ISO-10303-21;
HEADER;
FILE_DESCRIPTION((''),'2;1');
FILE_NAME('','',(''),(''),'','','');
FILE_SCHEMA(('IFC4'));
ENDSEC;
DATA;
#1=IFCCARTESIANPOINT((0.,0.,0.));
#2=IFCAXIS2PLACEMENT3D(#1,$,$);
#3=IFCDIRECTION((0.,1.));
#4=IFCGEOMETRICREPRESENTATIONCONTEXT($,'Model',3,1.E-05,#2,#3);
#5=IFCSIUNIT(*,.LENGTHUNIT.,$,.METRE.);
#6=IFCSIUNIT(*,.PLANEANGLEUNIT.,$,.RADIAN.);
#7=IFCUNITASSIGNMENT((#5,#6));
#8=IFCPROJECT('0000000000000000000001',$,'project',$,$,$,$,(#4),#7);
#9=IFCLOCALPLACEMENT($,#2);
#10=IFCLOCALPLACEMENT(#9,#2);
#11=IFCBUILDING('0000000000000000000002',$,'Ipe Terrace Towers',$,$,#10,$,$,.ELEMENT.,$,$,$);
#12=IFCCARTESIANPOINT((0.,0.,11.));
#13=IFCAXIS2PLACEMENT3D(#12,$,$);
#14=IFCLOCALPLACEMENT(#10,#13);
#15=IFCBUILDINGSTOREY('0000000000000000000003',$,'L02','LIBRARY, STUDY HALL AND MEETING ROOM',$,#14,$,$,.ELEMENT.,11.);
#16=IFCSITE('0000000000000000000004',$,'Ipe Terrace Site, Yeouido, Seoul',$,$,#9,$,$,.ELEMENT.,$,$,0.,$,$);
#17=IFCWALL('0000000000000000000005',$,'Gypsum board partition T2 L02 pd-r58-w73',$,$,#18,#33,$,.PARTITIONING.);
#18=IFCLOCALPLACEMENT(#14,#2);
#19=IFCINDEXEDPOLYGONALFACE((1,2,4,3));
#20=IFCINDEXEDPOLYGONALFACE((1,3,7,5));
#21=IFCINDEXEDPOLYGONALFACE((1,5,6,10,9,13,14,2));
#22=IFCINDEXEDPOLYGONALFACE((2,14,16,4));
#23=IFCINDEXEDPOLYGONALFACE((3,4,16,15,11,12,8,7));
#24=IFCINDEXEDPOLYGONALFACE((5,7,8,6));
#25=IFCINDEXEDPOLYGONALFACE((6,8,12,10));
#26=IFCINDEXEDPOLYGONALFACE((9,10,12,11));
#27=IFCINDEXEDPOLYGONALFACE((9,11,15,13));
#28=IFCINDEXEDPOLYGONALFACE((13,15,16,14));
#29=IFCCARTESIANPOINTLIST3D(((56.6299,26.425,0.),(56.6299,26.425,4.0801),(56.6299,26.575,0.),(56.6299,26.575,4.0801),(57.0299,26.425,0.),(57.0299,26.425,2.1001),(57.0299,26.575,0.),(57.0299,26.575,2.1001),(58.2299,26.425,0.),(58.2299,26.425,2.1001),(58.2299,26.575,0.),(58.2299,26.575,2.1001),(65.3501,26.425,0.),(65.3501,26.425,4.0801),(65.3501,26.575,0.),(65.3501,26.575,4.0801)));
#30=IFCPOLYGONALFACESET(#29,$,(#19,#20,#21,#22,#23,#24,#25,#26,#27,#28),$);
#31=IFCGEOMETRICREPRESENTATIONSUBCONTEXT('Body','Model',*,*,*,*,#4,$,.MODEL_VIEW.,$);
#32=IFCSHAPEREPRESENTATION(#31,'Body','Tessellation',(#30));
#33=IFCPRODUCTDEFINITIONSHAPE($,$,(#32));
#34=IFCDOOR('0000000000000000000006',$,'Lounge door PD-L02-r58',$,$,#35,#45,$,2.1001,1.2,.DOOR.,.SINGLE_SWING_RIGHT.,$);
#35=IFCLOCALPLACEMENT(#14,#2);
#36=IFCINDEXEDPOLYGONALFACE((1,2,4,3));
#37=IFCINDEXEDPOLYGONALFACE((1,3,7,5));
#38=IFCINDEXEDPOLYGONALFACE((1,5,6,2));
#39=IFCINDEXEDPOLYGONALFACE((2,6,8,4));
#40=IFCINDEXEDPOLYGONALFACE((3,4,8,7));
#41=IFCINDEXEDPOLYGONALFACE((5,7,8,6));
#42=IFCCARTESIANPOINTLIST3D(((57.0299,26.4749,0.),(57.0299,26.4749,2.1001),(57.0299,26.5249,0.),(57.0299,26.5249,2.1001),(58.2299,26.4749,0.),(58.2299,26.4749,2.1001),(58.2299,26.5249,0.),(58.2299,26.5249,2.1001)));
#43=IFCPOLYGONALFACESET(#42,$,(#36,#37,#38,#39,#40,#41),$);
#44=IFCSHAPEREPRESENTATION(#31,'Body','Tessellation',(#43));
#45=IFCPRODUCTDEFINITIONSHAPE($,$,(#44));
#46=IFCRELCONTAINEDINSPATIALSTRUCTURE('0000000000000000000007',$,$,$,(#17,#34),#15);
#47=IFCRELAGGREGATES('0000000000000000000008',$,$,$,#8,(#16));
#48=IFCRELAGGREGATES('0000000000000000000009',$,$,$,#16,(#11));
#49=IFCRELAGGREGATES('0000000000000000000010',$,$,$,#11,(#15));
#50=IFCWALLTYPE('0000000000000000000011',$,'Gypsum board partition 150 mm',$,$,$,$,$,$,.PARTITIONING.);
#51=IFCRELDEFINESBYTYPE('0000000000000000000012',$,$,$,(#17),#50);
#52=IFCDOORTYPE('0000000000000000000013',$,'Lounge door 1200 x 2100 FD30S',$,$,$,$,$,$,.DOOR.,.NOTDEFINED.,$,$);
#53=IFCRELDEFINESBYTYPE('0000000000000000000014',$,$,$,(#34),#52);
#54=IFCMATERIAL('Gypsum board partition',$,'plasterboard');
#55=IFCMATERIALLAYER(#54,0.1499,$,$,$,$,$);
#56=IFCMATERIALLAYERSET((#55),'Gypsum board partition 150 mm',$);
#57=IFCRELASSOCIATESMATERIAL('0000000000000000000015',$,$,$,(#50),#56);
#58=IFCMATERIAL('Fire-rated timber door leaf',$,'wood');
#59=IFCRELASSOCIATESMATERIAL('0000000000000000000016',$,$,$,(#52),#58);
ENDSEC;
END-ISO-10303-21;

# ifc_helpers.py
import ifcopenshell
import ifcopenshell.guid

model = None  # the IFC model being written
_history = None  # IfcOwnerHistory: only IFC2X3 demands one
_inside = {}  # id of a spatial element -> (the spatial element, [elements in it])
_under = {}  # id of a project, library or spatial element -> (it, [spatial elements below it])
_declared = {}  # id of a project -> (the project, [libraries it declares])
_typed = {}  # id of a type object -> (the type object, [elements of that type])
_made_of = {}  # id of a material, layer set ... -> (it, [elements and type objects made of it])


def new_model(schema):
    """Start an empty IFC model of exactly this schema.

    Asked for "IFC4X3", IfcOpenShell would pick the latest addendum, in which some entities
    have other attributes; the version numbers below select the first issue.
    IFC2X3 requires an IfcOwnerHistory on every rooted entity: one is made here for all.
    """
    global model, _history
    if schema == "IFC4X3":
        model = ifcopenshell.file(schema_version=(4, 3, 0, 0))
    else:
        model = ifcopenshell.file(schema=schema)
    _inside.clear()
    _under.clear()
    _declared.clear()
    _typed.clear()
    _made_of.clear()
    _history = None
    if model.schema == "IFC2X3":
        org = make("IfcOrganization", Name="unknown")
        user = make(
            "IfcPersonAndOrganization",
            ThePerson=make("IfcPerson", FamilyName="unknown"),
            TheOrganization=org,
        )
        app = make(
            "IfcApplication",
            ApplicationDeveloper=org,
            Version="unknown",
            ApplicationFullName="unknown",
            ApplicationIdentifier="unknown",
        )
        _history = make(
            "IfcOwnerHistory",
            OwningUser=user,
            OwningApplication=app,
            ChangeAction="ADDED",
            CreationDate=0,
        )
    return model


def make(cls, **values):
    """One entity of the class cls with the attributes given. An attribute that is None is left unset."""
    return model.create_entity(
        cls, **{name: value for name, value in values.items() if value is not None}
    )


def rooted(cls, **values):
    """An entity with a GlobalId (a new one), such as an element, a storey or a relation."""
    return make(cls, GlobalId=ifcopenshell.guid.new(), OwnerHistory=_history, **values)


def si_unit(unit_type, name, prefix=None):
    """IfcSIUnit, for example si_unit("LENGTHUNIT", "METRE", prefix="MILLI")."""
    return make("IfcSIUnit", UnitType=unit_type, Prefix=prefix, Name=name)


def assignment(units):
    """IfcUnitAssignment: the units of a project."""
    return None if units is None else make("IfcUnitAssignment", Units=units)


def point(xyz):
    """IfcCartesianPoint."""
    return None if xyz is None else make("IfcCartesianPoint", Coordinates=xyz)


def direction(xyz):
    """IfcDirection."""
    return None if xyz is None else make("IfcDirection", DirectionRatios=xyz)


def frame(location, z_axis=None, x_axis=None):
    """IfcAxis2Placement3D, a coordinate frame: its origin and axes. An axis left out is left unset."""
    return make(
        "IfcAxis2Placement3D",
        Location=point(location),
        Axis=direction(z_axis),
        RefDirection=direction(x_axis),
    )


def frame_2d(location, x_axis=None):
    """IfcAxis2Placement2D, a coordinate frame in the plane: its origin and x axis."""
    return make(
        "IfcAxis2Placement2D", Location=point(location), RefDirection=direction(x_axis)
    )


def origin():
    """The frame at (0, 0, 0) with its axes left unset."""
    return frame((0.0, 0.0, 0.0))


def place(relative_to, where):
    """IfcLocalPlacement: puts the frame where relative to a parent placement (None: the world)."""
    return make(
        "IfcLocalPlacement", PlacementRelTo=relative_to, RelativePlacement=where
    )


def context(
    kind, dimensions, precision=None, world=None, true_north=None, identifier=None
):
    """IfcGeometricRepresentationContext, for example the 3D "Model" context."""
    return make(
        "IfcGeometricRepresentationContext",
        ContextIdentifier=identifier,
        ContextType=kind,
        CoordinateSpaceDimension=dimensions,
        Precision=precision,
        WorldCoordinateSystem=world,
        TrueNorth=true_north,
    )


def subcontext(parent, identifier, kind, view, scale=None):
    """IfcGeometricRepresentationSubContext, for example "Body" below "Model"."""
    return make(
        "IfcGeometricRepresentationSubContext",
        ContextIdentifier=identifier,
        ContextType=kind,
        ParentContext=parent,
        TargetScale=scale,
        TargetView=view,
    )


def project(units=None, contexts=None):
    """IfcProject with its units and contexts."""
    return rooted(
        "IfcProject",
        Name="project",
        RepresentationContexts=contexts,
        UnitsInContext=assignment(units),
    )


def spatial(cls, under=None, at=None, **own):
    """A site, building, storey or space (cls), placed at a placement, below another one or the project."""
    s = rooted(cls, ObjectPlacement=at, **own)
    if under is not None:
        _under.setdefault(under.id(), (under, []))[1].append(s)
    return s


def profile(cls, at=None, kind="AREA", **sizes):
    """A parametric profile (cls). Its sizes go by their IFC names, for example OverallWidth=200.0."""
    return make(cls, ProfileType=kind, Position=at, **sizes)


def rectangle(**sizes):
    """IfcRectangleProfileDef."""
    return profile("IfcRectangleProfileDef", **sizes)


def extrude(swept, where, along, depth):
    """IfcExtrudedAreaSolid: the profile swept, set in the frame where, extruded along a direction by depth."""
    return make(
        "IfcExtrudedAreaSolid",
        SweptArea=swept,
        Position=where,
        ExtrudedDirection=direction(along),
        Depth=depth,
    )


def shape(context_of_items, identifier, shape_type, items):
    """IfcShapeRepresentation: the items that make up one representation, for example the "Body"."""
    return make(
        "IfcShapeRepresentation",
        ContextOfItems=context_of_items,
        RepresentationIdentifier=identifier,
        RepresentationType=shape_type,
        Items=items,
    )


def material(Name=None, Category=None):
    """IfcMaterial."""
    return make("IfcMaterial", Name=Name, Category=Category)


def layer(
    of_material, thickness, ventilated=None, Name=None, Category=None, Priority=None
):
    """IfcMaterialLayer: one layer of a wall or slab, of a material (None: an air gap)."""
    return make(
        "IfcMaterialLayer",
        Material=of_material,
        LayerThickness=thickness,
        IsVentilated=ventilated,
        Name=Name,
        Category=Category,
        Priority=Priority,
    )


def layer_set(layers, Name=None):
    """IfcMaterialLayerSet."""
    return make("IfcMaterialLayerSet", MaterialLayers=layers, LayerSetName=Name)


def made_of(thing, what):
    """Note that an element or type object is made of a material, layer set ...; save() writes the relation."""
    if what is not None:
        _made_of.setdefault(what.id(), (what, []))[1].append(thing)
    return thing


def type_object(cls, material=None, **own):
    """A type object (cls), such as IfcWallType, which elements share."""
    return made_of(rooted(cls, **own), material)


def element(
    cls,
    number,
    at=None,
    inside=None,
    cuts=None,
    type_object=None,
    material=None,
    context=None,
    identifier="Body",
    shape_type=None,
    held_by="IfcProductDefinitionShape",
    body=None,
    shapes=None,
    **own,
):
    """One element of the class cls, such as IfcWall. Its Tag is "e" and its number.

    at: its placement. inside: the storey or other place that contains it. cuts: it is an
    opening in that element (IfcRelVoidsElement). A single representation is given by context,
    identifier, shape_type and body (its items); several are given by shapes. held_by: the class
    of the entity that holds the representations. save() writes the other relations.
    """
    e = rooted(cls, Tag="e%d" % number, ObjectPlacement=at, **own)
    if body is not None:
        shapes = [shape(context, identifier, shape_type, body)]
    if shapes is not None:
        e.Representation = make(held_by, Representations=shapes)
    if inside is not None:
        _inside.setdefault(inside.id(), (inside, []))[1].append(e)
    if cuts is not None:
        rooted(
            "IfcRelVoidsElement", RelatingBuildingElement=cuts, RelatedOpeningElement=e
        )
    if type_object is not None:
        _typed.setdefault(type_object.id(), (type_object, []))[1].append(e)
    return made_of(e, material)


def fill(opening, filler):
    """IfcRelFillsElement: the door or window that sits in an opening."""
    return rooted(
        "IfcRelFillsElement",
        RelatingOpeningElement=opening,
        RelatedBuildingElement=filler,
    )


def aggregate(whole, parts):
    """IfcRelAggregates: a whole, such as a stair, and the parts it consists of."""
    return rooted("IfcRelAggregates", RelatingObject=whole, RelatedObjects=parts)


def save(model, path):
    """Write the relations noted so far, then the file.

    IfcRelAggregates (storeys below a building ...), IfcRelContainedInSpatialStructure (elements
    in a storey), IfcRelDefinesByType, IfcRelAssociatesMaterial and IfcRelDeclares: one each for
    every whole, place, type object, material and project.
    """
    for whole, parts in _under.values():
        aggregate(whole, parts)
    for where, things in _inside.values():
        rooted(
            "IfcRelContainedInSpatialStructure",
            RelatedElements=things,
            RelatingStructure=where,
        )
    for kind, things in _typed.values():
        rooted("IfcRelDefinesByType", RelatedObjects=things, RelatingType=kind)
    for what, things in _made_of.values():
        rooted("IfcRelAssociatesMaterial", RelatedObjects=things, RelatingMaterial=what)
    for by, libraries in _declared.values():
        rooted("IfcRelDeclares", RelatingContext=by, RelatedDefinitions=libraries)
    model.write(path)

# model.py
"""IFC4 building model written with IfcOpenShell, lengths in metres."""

from ifc_helpers import new_model, si_unit, direction, frame, frame_2d, origin, place, context, subcontext, project, spatial, rectangle, extrude, material, layer, layer_set, type_object, element, fill, save


model = new_model("IFC4")

# Units and contexts
model_context = context("Model", 3, precision=1e-05, world=origin(), true_north=direction((0.0, 1.0)))
body_context = subcontext(model_context, "Body", "Model", "MODEL_VIEW")
ifc_project = project(units=[si_unit("LENGTHUNIT", "METRE"), si_unit("PLANEANGLEUNIT", "RADIAN")], contexts=[model_context])

# Site, building, storey
site_placement = place(None, origin())
site = spatial("IfcSite", under=ifc_project, at=site_placement, Name="Ipe Terrace Site, Yeouido, Seoul", CompositionType="ELEMENT", RefElevation=0.0)
building_placement = place(site_placement, origin())
building = spatial("IfcBuilding", under=site, at=building_placement, Name="Ipe Terrace Towers", CompositionType="ELEMENT")
storey_placement = place(building_placement, frame((0.0, 0.0, 11.0)))
storey = spatial("IfcBuildingStorey", under=building, at=storey_placement, Name="L02", Description="LIBRARY, STUDY HALL AND MEETING ROOM", CompositionType="ELEMENT", Elevation=11.0)

# Shared definitions
ifc_material_1 = material(Name="Gypsum board partition", Category="plasterboard")
ifc_layer_1 = layer(ifc_material_1, 0.1499)
ifc_layer_set_1 = layer_set([ifc_layer_1], Name="Gypsum board partition 150 mm")
wall_type = type_object("IfcWallType", Name="Gypsum board partition 150 mm", PredefinedType="PARTITIONING", material=ifc_layer_set_1)

# Wall, opening, door
wall_1_placement = place(storey_placement, frame((56.6299, 26.5, 0.0), z_axis=(0.0, 0.0, 1.0), x_axis=(1.0, 0.0, 0.0)))
wall_1 = element("IfcWall", 1, at=wall_1_placement, inside=storey, type_object=wall_type, Name="Gypsum board partition T2 L02 pd-r58-w73", PredefinedType="PARTITIONING", context=body_context, shape_type="SweptSolid", body=[
    extrude(rectangle(XDim=8.7202, YDim=0.1499, at=frame_2d((4.3601, 0.0))), origin(), (0.0, 0.0, 1.0), 4.0801),
])
opening_1_placement = place(wall_1_placement, frame((0.3999, 0.0, 0.0)))
opening_1 = element("IfcOpeningElement", 2, at=opening_1_placement, cuts=wall_1, PredefinedType="OPENING", context=body_context, shape_type="SweptSolid", body=[
    extrude(rectangle(XDim=1.2, YDim=2.1001, at=frame_2d((0.6001, 1.05))), frame((0.0, 0.085, 0.0), z_axis=(0.0, -1.0, 0.0), x_axis=(1.0, 0.0, 0.0)), (0.0, 0.0, 1.0), 0.1699),
])
ifc_material_2 = material(Name="Fire-rated timber door leaf", Category="wood")
door_type_1 = type_object("IfcDoorType", Name="Lounge door 1200 x 2100 FD30S", OperationType="NOTDEFINED", PredefinedType="DOOR", material=ifc_material_2)
door_1_placement = place(opening_1_placement, origin())
door_1 = element("IfcDoor", 3, at=door_1_placement, inside=storey, type_object=door_type_1, Name="Lounge door PD-L02-r58", OperationType="SINGLE_SWING_RIGHT", OverallHeight=2.1001, OverallWidth=1.2, PredefinedType="DOOR", context=body_context, shape_type="SweptSolid", body=[
    extrude(rectangle(XDim=1.2, YDim=2.1001, at=frame_2d((0.6001, 1.05))), frame((0.0, 0.0249, 0.0), z_axis=(0.0, -1.0, 0.0), x_axis=(1.0, 0.0, 0.0)), (0.0, 0.0, 1.0), 0.05),
])
fill(opening_1, door_1)

save(model, "model.ifc")
